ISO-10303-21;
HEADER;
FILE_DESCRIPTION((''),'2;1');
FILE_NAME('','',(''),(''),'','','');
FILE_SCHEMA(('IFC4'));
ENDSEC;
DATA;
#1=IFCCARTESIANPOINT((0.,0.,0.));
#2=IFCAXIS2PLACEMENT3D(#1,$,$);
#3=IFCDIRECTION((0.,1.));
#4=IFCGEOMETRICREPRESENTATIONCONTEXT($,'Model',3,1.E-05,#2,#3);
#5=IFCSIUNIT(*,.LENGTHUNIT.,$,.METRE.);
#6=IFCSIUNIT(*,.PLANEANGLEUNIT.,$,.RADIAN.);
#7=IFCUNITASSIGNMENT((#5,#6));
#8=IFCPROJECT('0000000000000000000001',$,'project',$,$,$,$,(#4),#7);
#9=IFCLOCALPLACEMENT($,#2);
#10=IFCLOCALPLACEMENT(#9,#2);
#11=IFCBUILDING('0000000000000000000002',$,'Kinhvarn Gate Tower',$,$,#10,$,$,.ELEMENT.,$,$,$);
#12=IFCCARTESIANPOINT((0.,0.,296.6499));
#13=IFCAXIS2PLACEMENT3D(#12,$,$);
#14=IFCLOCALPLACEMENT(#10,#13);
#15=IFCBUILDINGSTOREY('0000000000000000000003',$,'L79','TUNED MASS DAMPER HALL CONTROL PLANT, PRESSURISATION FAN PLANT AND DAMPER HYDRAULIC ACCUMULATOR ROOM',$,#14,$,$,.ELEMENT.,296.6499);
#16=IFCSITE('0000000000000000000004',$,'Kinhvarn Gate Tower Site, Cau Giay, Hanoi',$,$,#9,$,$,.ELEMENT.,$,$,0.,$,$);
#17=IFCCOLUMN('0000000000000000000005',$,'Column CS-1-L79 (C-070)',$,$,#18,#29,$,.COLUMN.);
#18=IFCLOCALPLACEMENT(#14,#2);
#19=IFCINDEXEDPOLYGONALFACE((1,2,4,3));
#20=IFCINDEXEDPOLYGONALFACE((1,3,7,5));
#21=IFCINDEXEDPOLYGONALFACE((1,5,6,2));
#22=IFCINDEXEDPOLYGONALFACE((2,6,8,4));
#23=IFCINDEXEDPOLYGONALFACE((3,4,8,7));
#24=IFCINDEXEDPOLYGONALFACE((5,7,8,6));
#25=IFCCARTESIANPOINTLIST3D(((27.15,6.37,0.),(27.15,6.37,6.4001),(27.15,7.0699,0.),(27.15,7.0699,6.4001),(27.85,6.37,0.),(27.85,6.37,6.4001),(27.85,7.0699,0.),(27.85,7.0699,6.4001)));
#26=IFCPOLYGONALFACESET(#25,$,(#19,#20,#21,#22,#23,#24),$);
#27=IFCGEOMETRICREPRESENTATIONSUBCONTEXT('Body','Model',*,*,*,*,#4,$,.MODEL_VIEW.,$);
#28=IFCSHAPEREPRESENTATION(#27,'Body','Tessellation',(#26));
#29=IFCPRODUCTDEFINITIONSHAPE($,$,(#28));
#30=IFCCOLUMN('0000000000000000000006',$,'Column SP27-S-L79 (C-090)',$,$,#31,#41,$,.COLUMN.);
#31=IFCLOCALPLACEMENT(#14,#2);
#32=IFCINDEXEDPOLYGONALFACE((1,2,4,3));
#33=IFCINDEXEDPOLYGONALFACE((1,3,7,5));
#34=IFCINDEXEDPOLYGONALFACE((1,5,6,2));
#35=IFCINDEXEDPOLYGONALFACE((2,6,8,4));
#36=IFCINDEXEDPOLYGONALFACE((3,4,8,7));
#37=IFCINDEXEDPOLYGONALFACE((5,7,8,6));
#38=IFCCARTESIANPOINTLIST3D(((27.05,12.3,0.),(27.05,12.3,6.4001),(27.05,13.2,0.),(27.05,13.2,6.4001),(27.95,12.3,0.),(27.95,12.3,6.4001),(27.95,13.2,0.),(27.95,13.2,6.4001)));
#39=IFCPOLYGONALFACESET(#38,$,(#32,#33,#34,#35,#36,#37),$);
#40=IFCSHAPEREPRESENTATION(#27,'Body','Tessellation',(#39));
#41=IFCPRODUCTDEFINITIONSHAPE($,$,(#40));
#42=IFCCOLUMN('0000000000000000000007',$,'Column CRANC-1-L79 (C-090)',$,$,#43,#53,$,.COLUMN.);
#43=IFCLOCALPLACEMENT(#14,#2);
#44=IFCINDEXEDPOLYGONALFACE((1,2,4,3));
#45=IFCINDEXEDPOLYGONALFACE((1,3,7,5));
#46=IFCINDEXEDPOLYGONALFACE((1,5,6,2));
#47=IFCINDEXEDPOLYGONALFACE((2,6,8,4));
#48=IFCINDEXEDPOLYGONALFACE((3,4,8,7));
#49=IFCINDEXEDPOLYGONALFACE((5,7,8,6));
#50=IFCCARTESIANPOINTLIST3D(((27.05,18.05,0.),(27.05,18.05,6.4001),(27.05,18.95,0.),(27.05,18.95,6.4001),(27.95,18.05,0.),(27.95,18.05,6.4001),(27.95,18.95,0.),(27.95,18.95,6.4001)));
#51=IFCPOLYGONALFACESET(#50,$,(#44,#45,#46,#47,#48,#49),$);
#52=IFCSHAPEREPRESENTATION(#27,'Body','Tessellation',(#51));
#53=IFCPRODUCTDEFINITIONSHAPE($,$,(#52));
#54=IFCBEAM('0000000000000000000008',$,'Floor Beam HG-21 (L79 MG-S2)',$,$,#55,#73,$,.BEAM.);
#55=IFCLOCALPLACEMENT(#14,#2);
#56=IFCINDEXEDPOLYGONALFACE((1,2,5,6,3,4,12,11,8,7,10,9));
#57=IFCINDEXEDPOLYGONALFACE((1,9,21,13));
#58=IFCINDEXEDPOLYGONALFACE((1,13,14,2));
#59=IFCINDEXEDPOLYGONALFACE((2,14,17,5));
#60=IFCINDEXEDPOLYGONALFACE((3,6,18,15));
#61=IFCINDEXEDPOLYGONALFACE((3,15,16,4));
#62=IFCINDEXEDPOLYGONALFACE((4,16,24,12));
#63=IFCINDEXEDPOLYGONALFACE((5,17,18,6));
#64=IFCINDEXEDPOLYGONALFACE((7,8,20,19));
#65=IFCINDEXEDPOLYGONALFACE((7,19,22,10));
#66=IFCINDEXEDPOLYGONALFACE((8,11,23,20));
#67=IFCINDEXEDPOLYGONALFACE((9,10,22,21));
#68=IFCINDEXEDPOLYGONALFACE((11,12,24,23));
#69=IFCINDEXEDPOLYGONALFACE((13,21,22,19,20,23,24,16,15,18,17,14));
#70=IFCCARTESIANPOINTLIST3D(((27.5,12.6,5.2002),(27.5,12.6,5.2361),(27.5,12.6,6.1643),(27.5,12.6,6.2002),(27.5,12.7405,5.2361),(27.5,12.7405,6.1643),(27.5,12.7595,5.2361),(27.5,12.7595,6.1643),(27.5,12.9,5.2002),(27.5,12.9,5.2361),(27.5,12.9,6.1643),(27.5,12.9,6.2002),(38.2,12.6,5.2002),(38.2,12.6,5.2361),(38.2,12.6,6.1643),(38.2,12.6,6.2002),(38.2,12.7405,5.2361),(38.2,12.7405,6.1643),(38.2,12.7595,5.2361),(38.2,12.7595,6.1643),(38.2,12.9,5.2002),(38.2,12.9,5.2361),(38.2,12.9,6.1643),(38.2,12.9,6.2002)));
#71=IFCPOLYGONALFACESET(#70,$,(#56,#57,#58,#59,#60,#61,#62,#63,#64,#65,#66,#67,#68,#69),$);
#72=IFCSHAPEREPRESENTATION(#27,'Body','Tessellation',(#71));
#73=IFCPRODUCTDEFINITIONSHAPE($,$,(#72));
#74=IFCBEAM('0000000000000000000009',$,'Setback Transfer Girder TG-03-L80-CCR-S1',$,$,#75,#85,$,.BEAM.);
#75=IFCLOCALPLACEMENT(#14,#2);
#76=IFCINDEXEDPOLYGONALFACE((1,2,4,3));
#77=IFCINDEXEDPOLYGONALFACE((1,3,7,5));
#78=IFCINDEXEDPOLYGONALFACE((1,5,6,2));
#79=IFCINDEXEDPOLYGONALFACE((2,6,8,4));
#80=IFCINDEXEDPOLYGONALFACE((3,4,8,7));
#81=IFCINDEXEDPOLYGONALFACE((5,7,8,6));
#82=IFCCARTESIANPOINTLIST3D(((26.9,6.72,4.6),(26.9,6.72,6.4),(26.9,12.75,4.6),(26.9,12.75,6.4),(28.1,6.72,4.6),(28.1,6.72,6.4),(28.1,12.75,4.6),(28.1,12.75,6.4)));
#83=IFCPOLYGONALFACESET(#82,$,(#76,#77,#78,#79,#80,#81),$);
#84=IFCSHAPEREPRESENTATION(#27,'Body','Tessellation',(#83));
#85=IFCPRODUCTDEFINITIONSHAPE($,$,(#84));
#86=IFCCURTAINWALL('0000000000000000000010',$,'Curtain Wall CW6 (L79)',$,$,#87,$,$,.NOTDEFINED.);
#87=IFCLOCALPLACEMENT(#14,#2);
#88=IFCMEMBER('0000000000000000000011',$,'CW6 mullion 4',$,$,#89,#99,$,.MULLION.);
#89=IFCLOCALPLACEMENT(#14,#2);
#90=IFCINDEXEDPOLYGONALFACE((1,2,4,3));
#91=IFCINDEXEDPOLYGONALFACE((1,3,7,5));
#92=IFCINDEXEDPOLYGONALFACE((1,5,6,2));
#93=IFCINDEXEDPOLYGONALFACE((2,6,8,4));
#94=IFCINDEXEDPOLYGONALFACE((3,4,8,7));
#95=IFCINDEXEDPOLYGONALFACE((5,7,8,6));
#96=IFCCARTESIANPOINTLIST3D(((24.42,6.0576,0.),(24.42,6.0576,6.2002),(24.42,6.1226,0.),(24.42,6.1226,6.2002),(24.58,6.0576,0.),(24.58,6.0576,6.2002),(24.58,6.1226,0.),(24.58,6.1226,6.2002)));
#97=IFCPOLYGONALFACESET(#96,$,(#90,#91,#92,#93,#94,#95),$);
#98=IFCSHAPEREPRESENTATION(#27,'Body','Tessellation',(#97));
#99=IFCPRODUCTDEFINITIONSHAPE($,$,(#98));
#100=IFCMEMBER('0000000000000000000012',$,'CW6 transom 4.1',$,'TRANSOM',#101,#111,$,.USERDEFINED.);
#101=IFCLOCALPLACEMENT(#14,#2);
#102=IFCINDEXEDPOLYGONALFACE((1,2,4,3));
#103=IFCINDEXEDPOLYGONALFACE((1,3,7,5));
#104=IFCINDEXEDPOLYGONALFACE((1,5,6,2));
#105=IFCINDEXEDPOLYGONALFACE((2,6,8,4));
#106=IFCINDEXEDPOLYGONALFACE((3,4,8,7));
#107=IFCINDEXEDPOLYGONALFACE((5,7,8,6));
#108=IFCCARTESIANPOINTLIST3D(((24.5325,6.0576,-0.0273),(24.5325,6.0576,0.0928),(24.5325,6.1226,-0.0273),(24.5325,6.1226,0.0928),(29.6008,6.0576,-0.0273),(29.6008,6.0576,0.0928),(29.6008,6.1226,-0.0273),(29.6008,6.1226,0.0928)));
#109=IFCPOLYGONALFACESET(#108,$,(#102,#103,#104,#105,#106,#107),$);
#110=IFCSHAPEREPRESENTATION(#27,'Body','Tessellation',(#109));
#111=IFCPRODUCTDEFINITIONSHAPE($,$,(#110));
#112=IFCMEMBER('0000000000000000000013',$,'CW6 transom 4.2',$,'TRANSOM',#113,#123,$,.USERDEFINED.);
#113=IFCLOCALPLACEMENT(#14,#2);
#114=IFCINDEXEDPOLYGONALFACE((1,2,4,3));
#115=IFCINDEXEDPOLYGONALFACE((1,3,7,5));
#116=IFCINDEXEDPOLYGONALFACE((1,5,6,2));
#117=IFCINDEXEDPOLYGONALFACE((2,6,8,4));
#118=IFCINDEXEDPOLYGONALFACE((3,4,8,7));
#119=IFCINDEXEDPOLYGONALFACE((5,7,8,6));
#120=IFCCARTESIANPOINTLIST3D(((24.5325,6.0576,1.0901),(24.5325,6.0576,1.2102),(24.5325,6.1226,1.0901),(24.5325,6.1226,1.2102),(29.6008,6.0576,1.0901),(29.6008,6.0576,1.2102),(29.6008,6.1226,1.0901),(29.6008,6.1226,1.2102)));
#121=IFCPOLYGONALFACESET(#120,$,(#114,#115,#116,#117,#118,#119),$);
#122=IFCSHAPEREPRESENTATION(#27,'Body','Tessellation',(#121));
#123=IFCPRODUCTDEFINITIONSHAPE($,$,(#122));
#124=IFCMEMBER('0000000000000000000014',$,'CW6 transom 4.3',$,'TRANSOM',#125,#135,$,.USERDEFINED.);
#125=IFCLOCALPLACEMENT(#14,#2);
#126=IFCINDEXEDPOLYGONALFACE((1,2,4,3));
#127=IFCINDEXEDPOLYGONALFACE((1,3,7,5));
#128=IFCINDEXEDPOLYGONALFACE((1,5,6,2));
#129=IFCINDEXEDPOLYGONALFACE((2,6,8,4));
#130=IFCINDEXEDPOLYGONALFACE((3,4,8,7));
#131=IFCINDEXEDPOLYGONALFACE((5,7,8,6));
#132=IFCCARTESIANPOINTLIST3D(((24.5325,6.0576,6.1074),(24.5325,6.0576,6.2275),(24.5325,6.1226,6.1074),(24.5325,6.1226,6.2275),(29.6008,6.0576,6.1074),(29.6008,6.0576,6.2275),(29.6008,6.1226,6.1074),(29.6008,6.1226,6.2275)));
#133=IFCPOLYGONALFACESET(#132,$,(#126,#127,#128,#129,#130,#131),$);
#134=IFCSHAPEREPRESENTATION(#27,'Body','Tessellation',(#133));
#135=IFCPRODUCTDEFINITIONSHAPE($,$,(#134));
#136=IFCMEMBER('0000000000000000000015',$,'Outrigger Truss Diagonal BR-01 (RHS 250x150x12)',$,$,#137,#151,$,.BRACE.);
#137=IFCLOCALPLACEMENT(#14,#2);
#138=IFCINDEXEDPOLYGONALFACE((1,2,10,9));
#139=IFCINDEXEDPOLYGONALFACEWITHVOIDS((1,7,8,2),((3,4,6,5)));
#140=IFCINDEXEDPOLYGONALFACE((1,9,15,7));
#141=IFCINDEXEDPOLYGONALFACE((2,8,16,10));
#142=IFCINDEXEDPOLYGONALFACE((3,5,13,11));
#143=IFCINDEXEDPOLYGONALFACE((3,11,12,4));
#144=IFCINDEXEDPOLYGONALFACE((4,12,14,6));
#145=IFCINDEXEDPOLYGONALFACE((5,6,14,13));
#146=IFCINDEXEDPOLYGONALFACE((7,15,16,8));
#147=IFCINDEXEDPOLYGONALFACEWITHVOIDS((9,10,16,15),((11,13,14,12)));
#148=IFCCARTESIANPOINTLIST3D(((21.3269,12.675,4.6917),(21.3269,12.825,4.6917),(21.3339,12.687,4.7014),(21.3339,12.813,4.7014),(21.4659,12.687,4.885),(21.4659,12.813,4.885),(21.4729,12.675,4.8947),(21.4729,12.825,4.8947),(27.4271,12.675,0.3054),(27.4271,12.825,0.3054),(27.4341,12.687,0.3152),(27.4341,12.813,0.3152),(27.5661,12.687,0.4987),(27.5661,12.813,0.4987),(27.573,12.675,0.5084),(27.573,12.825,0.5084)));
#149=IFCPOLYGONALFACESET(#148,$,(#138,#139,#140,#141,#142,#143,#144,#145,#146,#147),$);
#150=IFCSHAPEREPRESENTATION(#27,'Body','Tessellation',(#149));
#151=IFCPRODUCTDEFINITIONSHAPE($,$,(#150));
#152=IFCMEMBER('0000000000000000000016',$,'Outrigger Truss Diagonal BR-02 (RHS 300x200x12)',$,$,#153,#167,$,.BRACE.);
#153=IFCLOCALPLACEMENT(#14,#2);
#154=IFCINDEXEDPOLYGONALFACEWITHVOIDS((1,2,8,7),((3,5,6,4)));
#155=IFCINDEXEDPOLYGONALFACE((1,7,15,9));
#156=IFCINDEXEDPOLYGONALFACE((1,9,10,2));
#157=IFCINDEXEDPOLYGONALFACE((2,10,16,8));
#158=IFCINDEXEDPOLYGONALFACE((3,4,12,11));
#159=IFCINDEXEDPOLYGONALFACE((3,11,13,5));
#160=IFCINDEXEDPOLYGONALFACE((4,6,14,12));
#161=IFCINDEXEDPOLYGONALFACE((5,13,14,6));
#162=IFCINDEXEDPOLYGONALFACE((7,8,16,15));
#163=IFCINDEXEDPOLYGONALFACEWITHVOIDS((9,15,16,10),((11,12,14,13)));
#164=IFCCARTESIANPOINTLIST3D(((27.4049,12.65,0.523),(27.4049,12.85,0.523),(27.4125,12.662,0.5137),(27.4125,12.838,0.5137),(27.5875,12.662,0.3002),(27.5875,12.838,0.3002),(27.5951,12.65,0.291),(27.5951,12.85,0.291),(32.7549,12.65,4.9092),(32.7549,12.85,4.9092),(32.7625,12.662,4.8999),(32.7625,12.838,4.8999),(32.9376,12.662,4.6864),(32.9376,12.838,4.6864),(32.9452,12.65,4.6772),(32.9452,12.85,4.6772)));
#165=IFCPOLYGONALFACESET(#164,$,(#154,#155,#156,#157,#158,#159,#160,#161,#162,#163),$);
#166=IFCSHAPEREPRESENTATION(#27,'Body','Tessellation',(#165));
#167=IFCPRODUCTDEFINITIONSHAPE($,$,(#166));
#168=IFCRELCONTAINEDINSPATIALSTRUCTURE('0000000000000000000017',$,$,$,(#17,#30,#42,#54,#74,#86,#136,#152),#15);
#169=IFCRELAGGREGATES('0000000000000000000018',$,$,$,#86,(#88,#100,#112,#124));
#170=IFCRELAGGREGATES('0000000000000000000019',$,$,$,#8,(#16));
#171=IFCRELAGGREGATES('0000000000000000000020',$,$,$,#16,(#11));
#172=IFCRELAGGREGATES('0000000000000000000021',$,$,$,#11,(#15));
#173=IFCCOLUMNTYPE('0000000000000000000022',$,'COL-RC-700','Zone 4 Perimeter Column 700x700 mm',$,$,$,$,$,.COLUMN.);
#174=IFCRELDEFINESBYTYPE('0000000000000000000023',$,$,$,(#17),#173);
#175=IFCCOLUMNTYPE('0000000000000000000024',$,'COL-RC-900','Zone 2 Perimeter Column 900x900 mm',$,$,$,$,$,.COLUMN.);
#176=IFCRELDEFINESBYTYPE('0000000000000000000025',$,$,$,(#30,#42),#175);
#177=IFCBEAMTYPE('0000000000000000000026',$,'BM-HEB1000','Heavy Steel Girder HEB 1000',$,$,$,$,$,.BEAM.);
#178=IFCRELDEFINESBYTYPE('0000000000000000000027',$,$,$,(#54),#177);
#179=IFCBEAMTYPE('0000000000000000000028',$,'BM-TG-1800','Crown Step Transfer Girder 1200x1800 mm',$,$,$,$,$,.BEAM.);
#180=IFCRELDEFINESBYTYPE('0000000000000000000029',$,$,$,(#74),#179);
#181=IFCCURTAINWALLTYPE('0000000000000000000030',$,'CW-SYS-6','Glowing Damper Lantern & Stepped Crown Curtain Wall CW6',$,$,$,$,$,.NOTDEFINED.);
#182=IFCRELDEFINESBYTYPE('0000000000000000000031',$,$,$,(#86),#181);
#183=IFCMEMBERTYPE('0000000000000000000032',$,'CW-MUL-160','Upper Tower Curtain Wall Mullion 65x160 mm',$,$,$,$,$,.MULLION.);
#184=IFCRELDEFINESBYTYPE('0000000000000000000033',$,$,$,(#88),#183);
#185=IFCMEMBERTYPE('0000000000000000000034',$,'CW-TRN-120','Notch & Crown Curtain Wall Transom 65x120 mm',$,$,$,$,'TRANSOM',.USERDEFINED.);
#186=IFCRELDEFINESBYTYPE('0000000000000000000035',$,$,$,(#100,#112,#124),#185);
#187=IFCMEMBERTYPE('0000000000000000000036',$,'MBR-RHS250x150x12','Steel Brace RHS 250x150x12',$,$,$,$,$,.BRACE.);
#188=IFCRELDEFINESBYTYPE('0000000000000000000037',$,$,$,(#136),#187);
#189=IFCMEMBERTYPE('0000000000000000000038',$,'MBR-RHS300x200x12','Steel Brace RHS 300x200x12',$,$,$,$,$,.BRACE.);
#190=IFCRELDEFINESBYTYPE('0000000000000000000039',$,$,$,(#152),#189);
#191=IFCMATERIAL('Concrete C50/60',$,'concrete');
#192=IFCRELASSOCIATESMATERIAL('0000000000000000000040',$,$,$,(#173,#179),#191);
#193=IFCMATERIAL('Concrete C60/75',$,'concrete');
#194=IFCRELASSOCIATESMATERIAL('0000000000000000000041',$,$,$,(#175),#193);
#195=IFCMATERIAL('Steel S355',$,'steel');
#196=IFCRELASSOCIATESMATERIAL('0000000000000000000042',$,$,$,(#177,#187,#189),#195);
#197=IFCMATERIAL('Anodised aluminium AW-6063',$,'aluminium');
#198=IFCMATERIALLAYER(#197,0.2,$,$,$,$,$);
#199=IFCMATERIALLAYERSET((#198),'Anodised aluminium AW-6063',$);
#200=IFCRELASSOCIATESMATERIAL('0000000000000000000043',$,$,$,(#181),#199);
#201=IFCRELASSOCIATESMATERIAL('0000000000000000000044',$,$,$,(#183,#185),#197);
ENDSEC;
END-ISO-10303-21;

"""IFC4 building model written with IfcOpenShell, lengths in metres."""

from ifc_helpers import new_model, si_unit, direction, frame, origin, origin_2d, place, context, subcontext, project, spatial, rectangle, hollow_rectangle, i_section, extrude, material, layer, layer_set, material_profile, profile_set, type_object, element, aggregate, save


model = new_model("IFC4")

# Units and contexts
model_context = context("Model", 3, precision=1e-05, world=origin(), true_north=direction((0.0, 1.0)))
body_context = subcontext(model_context, "Body", "Model", "MODEL_VIEW")
ifc_project = project(units=[si_unit("LENGTHUNIT", "METRE"), si_unit("PLANEANGLEUNIT", "RADIAN")], contexts=[model_context])

# Site, building, storey
site_placement = place(None, origin())
site = spatial("IfcSite", under=ifc_project, at=site_placement, Name="Kinhvarn Gate Tower Site, Cau Giay, Hanoi", CompositionType="ELEMENT", RefElevation=0.0)
building_placement = place(site_placement, origin())
building = spatial("IfcBuilding", under=site, at=building_placement, Name="Kinhvarn Gate Tower", CompositionType="ELEMENT")
storey_placement = place(building_placement, frame((0.0, 0.0, 296.6499)))
storey = spatial("IfcBuildingStorey", under=building, at=storey_placement, Name="L79", Description="TUNED MASS DAMPER HALL CONTROL PLANT, PRESSURISATION FAN PLANT AND DAMPER HYDRAULIC ACCUMULATOR ROOM", CompositionType="ELEMENT", Elevation=296.6499)

# Columns
ifc_material_1 = material(Name="Concrete C50/60", Category="concrete")
ifc_material_profile_1 = material_profile(ifc_material_1, rectangle(XDim=0.7, YDim=0.7, at=origin_2d()), Name="RC 700x700")
ifc_profile_set_1 = profile_set([ifc_material_profile_1], Name="Concrete C50/60")
column_type_1 = type_object("IfcColumnType", Name="COL-RC-700", Description="Zone 4 Perimeter Column 700x700 mm", PredefinedType="COLUMN", material=ifc_profile_set_1)
column_placement = place(storey_placement, frame((27.5, 6.72, 0.0), z_axis=(0.0, 0.0, 1.0), x_axis=(1.0, 0.0, 0.0)))
element("IfcColumn", 1, at=column_placement, inside=storey, type_object=column_type_1, Name="Column CS-1-L79 (C-070)", PredefinedType="COLUMN", context=body_context, shape_type="SweptSolid", body=[
    extrude(rectangle(XDim=0.7, YDim=0.7, at=origin_2d()), origin(), (0.0, 0.0, 1.0), 6.4001),
])
ifc_material_2 = material(Name="Concrete C60/75", Category="concrete")
ifc_material_profile_2 = material_profile(ifc_material_2, rectangle(XDim=0.8999, YDim=0.8999, at=origin_2d()), Name="RC 900x900")
ifc_profile_set_2 = profile_set([ifc_material_profile_2], Name="Concrete C60/75")
column_type_2 = type_object("IfcColumnType", Name="COL-RC-900", Description="Zone 2 Perimeter Column 900x900 mm", PredefinedType="COLUMN", material=ifc_profile_set_2)
for number, where, z_axis, x_axis, name in (
    (2, (27.5, 12.75, 0.0), (0.0, 0.0, 1.0), (1.0, 0.0, 0.0), "Column SP27-S-L79 (C-090)"),
    (3, (27.5, 18.5, 0.0), (0.0, 0.0, 1.0), (1.0, 0.0, 0.0), "Column CRANC-1-L79 (C-090)"),
):
    element("IfcColumn", number, at=place(storey_placement, frame(where, z_axis=z_axis, x_axis=x_axis)), inside=storey, type_object=column_type_2, Name=name, PredefinedType="COLUMN", context=body_context, shape_type="SweptSolid", body=[
        extrude(rectangle(XDim=0.8999, YDim=0.8999, at=origin_2d()), origin(), (0.0, 0.0, 1.0), 6.4001),
    ])

# Beams
ifc_material_3 = material(Name="Steel S355", Category="steel")
ifc_material_profile_3 = material_profile(ifc_material_3, i_section(OverallWidth=0.3, OverallDepth=1.0, WebThickness=0.019, FlangeThickness=0.0359, at=origin_2d()), Name="HEB 1000")
ifc_profile_set_3 = profile_set([ifc_material_profile_3], Name="Steel S355")
beam_type_1 = type_object("IfcBeamType", Name="BM-HEB1000", Description="Heavy Steel Girder HEB 1000", PredefinedType="BEAM", material=ifc_profile_set_3)
beam_1_placement = place(storey_placement, frame((27.5, 12.75, 5.7002), z_axis=(1.0, 0.0, 0.0), x_axis=(0.0, 1.0, 0.0)))
element("IfcBeam", 4, at=beam_1_placement, inside=storey, type_object=beam_type_1, Name="Floor Beam HG-21 (L79 MG-S2)", PredefinedType="BEAM", context=body_context, shape_type="SweptSolid", body=[
    extrude(i_section(OverallWidth=0.3, OverallDepth=1.0, WebThickness=0.019, FlangeThickness=0.0359, at=origin_2d()), origin(), (0.0, 0.0, 1.0), 10.7),
])
ifc_material_profile_4 = material_profile(ifc_material_1, rectangle(XDim=1.2, YDim=1.8, at=origin_2d()), Name="RC 1200x1800")
ifc_profile_set_4 = profile_set([ifc_material_profile_4], Name="Concrete C50/60")
beam_type_2 = type_object("IfcBeamType", Name="BM-TG-1800", Description="Crown Step Transfer Girder 1200x1800 mm", PredefinedType="BEAM", material=ifc_profile_set_4)
beam_2_placement = place(storey_placement, frame((27.5, 6.72, 5.5), z_axis=(0.0, 1.0, 0.0), x_axis=(-1.0, 0.0, 0.0)))
element("IfcBeam", 5, at=beam_2_placement, inside=storey, type_object=beam_type_2, Name="Setback Transfer Girder TG-03-L80-CCR-S1", PredefinedType="BEAM", context=body_context, shape_type="SweptSolid", body=[
    extrude(rectangle(XDim=1.2, YDim=1.8, at=origin_2d()), origin(), (0.0, 0.0, 1.0), 6.03),
])

# Curtain wall, members
ifc_material_4 = material(Name="Anodised aluminium AW-6063", Category="aluminium")
ifc_layer_1 = layer(ifc_material_4, 0.2)
ifc_layer_set_1 = layer_set([ifc_layer_1], Name="Anodised aluminium AW-6063")
curtain_wall_type = type_object("IfcCurtainWallType", Name="CW-SYS-6", Description="Glowing Damper Lantern & Stepped Crown Curtain Wall CW6", PredefinedType="NOTDEFINED", material=ifc_layer_set_1)
curtain_wall_placement = place(storey_placement, origin())
curtain_wall = element("IfcCurtainWall", 6, at=curtain_wall_placement, inside=storey, type_object=curtain_wall_type, Name="Curtain Wall CW6 (L79)", PredefinedType="NOTDEFINED")
ifc_material_profile_5 = material_profile(ifc_material_4, rectangle(XDim=0.0649, YDim=0.1599, at=origin_2d()), Name="ALU 65x160")
ifc_profile_set_5 = profile_set([ifc_material_profile_5], Name="Anodised aluminium AW-6063")
member_type_1 = type_object("IfcMemberType", Name="CW-MUL-160", Description="Upper Tower Curtain Wall Mullion 65x160 mm", PredefinedType="MULLION", material=ifc_profile_set_5)
member_1_placement = place(storey_placement, frame((24.5, 6.0901, 0.0), z_axis=(0.0, 0.0, 1.0), x_axis=(0.0, 1.0, 0.0)))
member_1 = element("IfcMember", 7, at=member_1_placement, type_object=member_type_1, Name="CW6 mullion 4", PredefinedType="MULLION", context=body_context, shape_type="SweptSolid", body=[
    extrude(rectangle(XDim=0.0649, YDim=0.1599, at=origin_2d()), origin(), (0.0, 0.0, 1.0), 6.2002),
])
ifc_material_profile_6 = material_profile(ifc_material_4, rectangle(XDim=0.0649, YDim=0.1201, at=origin_2d()), Name="ALU 65x120")
ifc_profile_set_6 = profile_set([ifc_material_profile_6], Name="Anodised aluminium AW-6063")
member_type_2 = type_object("IfcMemberType", Name="CW-TRN-120", Description="Notch & Crown Curtain Wall Transom 65x120 mm", ElementType="TRANSOM", PredefinedType="USERDEFINED", material=ifc_profile_set_6)
member_2_placement = place(storey_placement, frame((24.5325, 6.0901, 0.0327), z_axis=(1.0, 0.0, 0.0), x_axis=(0.0, 1.0, 0.0)))
member_2 = element("IfcMember", 8, at=member_2_placement, type_object=member_type_2, Name="CW6 transom 4.1", ObjectType="TRANSOM", PredefinedType="USERDEFINED", context=body_context, shape_type="SweptSolid", body=[
    extrude(rectangle(XDim=0.0649, YDim=0.1201, at=origin_2d()), origin(), (0.0, 0.0, 1.0), 5.0684),
])
member_3_placement = place(storey_placement, frame((24.5325, 6.0901, 1.1501), z_axis=(1.0, 0.0, 0.0), x_axis=(0.0, 1.0, 0.0)))
member_3 = element("IfcMember", 9, at=member_3_placement, type_object=member_type_2, Name="CW6 transom 4.2", ObjectType="TRANSOM", PredefinedType="USERDEFINED", context=body_context, shape_type="SweptSolid", body=[
    extrude(rectangle(XDim=0.0649, YDim=0.1201, at=origin_2d()), origin(), (0.0, 0.0, 1.0), 5.0684),
])
member_4_placement = place(storey_placement, frame((24.5325, 6.0901, 6.1675), z_axis=(1.0, 0.0, 0.0), x_axis=(0.0, 1.0, 0.0)))
member_4 = element("IfcMember", 10, at=member_4_placement, type_object=member_type_2, Name="CW6 transom 4.3", ObjectType="TRANSOM", PredefinedType="USERDEFINED", context=body_context, shape_type="SweptSolid", body=[
    extrude(rectangle(XDim=0.0649, YDim=0.1201, at=origin_2d()), origin(), (0.0, 0.0, 1.0), 5.0684),
])

# Members
ifc_material_profile_7 = material_profile(ifc_material_3, hollow_rectangle(XDim=0.1499, YDim=0.25, WallThickness=0.012, at=origin_2d()), Name="RHS 250x150x12")
ifc_profile_set_7 = profile_set([ifc_material_profile_7], Name="Steel S355")
member_type_3 = type_object("IfcMemberType", Name="MBR-RHS250x150x12", Description="Steel Brace RHS 250x150x12", PredefinedType="BRACE", material=ifc_profile_set_7)
member_5_placement = place(storey_placement, frame((21.3999, 12.75, 4.7932), z_axis=(0.811903, 0.0, -0.583793), x_axis=(0.0, 1.0, 0.0)))
element("IfcMember", 11, at=member_5_placement, inside=storey, type_object=member_type_3, Name="Outrigger Truss Diagonal BR-01 (RHS 250x150x12)", PredefinedType="BRACE", context=body_context, shape_type="SweptSolid", body=[
    extrude(hollow_rectangle(XDim=0.1499, YDim=0.25, WallThickness=0.012, at=origin_2d()), origin(), (0.0, 0.0, 1.0), 7.5134),
])
ifc_material_profile_8 = material_profile(ifc_material_3, hollow_rectangle(XDim=0.2, YDim=0.3, WallThickness=0.012, at=origin_2d()), Name="RHS 300x200x12")
ifc_profile_set_8 = profile_set([ifc_material_profile_8], Name="Steel S355")
member_type_4 = type_object("IfcMemberType", Name="MBR-RHS300x200x12", Description="Steel Brace RHS 300x200x12", PredefinedType="BRACE", material=ifc_profile_set_8)
member_6_placement = place(storey_placement, frame((27.5, 12.75, 0.407), z_axis=(0.773328, 0.0, 0.634006), x_axis=(0.0, 1.0, 0.0)))
element("IfcMember", 12, at=member_6_placement, inside=storey, type_object=member_type_4, Name="Outrigger Truss Diagonal BR-02 (RHS 300x200x12)", PredefinedType="BRACE", context=body_context, shape_type="SweptSolid", body=[
    extrude(hollow_rectangle(XDim=0.2, YDim=0.3, WallThickness=0.012, at=origin_2d()), origin(), (0.0, 0.0, 1.0), 6.9182),
])

aggregate(curtain_wall, [member_1, member_2, member_3, member_4])

save(model, "model.ifc")
